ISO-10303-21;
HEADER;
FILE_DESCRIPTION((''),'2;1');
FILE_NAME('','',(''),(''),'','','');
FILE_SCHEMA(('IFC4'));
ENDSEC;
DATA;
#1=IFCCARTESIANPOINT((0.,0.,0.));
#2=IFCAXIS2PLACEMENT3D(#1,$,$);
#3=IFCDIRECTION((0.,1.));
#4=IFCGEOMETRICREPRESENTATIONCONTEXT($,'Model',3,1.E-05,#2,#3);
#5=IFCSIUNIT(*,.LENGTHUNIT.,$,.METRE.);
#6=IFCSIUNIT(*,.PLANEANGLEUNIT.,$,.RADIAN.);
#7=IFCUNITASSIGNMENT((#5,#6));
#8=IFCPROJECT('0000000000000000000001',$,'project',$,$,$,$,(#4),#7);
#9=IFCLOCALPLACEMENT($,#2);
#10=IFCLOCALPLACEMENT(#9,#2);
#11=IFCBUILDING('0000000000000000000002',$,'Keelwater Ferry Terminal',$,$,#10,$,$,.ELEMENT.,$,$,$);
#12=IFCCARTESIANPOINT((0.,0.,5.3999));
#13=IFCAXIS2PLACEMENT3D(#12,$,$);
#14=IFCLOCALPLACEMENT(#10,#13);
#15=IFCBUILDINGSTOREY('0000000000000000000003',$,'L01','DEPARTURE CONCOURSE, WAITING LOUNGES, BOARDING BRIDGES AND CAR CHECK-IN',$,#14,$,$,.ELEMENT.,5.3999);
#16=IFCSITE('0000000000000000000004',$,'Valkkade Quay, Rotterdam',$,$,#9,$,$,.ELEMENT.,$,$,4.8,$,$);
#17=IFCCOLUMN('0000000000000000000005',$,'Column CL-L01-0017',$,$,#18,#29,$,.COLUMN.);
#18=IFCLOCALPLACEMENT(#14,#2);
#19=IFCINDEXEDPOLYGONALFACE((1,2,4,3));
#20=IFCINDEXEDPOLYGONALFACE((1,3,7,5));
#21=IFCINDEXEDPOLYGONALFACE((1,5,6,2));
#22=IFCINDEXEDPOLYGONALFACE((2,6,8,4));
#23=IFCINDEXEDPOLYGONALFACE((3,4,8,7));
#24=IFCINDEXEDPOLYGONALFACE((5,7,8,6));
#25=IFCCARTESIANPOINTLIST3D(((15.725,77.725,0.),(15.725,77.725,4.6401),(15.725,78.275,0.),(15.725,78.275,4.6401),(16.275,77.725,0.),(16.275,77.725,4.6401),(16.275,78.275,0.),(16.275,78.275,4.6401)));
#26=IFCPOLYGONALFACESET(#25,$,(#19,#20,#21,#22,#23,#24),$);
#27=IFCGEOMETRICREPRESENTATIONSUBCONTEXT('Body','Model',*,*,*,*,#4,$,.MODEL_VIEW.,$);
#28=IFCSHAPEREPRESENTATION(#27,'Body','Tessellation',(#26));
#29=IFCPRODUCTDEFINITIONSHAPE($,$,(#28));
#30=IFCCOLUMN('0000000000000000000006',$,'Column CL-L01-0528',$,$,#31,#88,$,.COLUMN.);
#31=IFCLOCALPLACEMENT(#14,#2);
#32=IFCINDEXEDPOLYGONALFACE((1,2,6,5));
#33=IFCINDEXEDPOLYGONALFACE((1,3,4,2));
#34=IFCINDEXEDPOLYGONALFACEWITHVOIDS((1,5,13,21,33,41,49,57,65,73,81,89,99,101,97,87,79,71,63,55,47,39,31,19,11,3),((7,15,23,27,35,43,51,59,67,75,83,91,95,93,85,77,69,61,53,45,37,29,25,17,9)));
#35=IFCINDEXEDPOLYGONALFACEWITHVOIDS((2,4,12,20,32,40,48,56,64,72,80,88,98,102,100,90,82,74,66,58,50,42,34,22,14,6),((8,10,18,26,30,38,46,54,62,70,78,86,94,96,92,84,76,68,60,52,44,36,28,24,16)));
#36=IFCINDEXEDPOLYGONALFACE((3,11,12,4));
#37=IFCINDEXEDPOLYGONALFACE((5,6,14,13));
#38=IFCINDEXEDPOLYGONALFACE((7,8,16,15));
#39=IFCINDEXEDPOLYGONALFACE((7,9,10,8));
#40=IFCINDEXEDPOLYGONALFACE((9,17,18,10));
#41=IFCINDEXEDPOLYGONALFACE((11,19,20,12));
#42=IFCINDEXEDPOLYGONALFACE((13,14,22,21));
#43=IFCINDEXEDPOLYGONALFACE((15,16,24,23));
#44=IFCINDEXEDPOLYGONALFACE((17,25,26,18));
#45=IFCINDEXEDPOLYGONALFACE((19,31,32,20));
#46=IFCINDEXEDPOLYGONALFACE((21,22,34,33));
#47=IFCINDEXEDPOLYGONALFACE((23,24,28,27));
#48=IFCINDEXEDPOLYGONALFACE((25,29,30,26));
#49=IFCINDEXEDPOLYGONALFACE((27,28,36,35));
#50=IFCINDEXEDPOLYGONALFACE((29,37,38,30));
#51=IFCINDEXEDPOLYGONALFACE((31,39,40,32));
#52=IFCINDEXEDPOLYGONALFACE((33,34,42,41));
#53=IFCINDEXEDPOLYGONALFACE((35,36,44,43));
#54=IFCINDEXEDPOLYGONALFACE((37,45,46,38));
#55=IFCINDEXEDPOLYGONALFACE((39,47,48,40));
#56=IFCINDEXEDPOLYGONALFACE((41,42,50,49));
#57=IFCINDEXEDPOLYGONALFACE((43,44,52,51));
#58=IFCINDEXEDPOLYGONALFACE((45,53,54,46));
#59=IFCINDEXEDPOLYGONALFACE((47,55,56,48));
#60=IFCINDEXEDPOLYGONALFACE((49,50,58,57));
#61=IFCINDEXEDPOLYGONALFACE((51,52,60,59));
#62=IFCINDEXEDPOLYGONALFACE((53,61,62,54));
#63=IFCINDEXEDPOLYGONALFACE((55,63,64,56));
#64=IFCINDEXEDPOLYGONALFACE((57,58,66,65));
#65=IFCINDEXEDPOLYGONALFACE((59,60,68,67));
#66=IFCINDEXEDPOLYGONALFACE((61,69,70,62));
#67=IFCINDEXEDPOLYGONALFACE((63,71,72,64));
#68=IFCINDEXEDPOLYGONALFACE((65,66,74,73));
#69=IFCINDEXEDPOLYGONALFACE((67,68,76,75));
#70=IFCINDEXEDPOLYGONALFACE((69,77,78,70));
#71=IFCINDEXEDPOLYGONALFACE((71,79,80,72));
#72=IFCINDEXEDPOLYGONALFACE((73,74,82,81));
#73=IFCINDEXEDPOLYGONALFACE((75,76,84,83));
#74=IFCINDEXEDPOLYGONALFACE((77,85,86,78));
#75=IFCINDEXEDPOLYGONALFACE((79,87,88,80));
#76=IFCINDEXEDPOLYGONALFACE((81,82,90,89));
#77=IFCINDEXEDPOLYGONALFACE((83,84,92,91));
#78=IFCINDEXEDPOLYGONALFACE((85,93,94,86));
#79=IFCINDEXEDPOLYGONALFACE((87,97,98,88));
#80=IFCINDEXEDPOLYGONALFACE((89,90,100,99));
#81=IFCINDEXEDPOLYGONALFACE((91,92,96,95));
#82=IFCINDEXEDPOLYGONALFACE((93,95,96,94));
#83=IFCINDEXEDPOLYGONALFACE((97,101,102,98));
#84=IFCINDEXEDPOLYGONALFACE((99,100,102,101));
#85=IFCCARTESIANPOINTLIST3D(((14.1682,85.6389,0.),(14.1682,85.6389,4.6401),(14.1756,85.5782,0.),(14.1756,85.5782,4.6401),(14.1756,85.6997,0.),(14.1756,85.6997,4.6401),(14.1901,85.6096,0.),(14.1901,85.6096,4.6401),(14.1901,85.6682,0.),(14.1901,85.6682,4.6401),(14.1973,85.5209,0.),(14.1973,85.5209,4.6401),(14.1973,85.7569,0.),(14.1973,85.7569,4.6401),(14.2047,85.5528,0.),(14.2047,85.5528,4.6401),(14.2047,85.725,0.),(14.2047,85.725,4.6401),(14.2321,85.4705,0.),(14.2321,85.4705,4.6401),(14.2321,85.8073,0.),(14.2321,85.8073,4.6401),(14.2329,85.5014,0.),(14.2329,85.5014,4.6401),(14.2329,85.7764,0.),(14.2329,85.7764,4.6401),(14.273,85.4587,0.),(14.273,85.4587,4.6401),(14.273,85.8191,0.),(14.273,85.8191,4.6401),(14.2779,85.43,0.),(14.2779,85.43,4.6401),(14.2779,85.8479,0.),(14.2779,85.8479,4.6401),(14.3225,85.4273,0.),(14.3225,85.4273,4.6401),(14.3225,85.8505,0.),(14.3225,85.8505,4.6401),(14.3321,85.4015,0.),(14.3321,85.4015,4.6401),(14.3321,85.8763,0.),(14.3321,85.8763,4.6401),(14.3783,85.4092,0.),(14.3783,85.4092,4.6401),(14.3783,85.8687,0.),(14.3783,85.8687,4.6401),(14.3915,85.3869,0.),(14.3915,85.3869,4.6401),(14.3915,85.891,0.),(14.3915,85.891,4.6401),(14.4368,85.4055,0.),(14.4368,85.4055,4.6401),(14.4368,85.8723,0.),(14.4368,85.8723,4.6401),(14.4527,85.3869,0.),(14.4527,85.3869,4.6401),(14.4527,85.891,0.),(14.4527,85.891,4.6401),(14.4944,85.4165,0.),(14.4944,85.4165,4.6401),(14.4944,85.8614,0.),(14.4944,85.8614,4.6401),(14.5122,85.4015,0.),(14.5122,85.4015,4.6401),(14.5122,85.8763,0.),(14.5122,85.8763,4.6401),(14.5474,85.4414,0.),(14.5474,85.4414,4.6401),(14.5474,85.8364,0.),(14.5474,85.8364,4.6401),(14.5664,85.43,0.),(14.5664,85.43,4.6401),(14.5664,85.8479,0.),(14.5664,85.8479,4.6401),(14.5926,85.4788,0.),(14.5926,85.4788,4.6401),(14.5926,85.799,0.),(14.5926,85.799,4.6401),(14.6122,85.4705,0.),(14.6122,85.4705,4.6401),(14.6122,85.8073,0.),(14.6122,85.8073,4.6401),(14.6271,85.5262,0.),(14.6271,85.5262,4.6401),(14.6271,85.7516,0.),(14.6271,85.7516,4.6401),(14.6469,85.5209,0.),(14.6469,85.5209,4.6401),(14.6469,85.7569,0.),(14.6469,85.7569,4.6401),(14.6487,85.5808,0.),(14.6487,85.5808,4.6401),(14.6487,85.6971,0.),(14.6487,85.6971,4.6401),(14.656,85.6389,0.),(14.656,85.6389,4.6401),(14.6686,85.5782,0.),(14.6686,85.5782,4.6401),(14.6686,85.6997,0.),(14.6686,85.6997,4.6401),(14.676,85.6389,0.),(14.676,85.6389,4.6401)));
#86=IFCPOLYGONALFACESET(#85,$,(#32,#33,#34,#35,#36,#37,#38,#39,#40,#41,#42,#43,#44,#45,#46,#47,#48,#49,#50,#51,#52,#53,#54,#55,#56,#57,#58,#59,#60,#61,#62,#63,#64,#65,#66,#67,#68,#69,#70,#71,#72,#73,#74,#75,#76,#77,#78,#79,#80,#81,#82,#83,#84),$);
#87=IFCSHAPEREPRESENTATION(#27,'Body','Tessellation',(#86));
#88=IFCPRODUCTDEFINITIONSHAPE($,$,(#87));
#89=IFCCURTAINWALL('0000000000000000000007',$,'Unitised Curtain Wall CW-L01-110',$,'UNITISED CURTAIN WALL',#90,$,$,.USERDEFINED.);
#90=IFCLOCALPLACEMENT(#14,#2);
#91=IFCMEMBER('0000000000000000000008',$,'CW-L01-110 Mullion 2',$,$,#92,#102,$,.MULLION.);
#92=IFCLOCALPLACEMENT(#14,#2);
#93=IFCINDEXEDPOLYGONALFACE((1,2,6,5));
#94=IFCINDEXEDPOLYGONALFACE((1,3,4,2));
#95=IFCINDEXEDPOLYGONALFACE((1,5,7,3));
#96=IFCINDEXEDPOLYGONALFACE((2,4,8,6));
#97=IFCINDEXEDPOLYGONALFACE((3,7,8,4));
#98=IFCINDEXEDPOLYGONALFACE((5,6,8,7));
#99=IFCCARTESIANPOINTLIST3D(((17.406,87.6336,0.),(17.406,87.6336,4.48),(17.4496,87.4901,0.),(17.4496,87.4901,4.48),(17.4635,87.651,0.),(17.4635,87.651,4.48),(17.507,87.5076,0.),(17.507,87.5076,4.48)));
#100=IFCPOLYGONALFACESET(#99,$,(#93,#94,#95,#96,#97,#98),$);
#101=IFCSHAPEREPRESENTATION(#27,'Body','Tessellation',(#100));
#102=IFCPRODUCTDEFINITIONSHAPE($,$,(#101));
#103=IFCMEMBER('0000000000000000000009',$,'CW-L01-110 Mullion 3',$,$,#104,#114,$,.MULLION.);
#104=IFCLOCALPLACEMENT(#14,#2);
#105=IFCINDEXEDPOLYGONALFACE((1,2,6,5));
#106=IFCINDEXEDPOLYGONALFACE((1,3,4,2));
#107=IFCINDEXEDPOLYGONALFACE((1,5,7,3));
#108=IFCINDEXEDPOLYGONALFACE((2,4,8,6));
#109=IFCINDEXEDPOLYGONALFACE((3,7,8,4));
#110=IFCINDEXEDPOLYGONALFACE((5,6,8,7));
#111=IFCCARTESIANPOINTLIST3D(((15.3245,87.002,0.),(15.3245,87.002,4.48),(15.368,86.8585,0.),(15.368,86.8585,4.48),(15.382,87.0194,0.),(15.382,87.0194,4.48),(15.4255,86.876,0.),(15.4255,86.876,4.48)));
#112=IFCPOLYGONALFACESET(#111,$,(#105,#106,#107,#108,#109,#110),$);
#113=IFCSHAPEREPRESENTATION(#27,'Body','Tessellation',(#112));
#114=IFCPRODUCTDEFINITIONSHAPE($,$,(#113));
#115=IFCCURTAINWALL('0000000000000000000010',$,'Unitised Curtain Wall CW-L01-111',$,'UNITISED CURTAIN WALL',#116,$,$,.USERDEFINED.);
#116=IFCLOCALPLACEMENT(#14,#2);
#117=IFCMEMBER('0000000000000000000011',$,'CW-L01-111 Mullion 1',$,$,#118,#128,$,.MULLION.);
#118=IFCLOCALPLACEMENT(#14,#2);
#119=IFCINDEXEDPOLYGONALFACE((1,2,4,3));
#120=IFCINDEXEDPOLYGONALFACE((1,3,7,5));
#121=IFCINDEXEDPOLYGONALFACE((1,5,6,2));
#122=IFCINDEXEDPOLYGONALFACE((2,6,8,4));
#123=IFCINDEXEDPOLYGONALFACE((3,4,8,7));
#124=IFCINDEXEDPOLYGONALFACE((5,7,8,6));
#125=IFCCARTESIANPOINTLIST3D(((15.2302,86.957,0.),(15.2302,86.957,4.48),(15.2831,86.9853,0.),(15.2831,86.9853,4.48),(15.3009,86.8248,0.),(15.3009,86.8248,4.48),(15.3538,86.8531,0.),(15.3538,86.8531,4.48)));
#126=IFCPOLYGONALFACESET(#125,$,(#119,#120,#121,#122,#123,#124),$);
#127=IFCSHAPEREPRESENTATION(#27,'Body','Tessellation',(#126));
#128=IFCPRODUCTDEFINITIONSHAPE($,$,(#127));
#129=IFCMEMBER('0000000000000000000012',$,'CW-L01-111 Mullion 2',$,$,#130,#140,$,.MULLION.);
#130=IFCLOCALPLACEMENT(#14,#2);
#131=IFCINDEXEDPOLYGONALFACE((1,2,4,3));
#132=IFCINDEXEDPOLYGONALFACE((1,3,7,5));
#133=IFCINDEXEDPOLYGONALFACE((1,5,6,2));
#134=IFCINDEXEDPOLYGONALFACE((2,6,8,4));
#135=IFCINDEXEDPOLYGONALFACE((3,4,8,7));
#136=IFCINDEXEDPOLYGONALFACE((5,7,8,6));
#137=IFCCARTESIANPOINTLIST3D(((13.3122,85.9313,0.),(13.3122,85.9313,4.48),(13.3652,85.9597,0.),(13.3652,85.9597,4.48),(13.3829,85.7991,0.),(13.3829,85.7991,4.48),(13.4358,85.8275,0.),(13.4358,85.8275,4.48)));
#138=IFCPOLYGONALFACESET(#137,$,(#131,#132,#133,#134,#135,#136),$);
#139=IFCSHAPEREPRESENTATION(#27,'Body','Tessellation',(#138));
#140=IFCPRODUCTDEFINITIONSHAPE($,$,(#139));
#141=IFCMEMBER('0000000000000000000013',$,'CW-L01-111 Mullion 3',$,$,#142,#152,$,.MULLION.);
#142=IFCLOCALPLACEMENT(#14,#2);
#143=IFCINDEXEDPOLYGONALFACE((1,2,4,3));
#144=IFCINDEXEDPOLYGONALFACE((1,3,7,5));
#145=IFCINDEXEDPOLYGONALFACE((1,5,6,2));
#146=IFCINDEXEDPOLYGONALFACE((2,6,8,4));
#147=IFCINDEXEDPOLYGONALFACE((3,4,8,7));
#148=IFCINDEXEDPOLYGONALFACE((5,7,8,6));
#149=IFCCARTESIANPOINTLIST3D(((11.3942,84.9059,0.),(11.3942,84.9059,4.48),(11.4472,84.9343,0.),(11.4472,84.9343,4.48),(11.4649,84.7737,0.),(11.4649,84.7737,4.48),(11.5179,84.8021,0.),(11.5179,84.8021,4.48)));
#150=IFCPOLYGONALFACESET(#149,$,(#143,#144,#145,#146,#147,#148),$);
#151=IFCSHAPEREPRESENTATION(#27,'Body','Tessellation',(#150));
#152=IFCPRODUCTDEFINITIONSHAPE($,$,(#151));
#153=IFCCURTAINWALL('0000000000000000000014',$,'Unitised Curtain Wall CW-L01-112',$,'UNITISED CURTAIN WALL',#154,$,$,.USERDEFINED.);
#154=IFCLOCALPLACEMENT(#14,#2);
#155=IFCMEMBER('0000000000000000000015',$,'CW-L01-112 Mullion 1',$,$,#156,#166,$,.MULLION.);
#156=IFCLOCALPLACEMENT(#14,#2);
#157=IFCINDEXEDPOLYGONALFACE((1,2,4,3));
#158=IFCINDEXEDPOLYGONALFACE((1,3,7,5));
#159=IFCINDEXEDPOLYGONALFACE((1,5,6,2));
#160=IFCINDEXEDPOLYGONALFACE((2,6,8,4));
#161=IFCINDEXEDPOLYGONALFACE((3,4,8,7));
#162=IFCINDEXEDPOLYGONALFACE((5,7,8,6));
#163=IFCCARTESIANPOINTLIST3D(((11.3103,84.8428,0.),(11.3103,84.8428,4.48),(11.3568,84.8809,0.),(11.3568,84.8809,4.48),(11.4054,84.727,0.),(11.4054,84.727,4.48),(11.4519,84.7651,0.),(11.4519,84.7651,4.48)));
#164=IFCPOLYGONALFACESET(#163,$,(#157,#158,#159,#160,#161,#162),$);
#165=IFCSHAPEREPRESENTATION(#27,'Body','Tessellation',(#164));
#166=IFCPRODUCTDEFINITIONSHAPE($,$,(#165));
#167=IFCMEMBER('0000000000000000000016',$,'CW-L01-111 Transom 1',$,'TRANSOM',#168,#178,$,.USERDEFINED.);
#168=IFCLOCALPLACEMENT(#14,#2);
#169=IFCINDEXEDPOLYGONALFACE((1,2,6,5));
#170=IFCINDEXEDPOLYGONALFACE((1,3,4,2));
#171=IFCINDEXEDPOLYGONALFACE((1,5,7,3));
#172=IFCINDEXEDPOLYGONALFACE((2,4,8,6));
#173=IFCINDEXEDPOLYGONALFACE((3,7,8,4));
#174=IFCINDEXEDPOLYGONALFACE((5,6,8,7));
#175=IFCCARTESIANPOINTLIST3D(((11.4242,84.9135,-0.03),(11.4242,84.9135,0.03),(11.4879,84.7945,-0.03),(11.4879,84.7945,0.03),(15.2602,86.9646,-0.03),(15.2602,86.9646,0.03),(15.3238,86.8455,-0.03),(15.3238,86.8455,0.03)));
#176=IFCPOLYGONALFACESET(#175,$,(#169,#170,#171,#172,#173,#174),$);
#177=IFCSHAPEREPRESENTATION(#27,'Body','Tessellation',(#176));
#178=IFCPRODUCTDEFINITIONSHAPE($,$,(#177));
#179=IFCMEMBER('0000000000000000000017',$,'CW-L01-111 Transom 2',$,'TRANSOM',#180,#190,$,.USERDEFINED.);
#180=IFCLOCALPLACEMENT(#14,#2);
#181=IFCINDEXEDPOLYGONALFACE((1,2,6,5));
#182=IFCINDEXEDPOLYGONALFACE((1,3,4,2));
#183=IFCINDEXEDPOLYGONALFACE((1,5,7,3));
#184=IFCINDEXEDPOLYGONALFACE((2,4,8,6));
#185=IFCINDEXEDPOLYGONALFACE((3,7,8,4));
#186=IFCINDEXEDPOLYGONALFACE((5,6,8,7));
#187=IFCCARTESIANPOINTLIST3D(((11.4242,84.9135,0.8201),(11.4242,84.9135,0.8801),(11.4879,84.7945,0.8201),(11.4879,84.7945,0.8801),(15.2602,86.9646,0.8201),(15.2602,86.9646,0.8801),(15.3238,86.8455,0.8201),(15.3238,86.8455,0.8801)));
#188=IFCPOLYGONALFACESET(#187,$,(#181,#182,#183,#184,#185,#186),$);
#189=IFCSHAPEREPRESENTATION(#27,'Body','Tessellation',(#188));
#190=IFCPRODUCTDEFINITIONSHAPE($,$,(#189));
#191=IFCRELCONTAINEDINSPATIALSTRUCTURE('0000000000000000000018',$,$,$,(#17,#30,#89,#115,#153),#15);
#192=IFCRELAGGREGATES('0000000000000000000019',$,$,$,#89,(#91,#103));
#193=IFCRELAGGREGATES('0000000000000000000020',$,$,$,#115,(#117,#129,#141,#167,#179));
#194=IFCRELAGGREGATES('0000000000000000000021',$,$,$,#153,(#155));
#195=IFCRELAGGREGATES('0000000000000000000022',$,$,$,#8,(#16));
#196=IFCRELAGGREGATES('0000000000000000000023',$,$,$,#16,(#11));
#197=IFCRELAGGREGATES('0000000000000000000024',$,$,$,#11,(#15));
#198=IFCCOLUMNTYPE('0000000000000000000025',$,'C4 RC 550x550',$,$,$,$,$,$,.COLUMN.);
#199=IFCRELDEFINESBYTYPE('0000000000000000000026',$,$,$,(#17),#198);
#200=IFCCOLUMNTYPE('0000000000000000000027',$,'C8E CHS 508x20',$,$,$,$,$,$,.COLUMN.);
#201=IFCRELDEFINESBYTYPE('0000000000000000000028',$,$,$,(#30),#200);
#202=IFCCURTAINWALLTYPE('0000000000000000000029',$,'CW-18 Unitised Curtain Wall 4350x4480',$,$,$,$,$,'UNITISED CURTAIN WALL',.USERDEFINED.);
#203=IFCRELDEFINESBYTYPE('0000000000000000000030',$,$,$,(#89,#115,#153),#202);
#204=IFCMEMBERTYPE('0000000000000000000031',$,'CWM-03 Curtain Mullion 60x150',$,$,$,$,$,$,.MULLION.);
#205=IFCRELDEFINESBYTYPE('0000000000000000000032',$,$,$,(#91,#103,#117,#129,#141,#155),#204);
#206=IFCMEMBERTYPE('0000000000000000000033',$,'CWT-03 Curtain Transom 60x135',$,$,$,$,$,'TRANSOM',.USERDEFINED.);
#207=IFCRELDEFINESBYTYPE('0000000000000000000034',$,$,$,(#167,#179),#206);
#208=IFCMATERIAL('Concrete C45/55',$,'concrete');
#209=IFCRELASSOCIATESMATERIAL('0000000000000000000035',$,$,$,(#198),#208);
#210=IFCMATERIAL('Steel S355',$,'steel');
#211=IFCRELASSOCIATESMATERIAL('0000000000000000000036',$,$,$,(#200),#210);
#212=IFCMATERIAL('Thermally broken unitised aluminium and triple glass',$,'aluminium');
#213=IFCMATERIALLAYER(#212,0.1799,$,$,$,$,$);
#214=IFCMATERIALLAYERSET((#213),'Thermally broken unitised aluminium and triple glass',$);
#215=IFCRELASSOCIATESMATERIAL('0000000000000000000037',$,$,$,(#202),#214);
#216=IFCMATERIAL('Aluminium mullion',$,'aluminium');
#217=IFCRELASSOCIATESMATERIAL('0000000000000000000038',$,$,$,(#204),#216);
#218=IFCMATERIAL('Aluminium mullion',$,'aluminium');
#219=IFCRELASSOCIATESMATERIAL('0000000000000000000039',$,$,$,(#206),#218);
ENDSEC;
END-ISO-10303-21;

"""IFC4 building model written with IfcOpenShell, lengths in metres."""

from ifc_helpers import new_model, si_unit, direction, frame, origin, origin_2d, place, context, subcontext, project, spatial, rectangle, hollow_circle, extrude, material, layer, layer_set, material_profile, profile_set, type_object, element, aggregate, save


model = new_model("IFC4")

# Units and contexts
model_context = context("Model", 3, precision=1e-05, world=origin(), true_north=direction((0.0, 1.0)))
body_context = subcontext(model_context, "Body", "Model", "MODEL_VIEW")
ifc_project = project(units=[si_unit("LENGTHUNIT", "METRE"), si_unit("PLANEANGLEUNIT", "RADIAN")], contexts=[model_context])

# Site, building, storey
site_placement = place(None, origin())
site = spatial("IfcSite", under=ifc_project, at=site_placement, Name="Valkkade Quay, Rotterdam", CompositionType="ELEMENT", RefElevation=4.8)
building_placement = place(site_placement, origin())
building = spatial("IfcBuilding", under=site, at=building_placement, Name="Keelwater Ferry Terminal", CompositionType="ELEMENT")
storey_placement = place(building_placement, frame((0.0, 0.0, 5.3999)))
storey = spatial("IfcBuildingStorey", under=building, at=storey_placement, Name="L01", Description="DEPARTURE CONCOURSE, WAITING LOUNGES, BOARDING BRIDGES AND CAR CHECK-IN", CompositionType="ELEMENT", Elevation=5.3999)

# Columns
ifc_material_1 = material(Name="Concrete C45/55", Category="concrete")
ifc_material_profile_1 = material_profile(ifc_material_1, rectangle(XDim=0.55, YDim=0.55, at=origin_2d()), Name="RC 550x550")
ifc_profile_set_1 = profile_set([ifc_material_profile_1], Name="Concrete C45/55")
column_type_1 = type_object("IfcColumnType", Name="C4 RC 550x550", PredefinedType="COLUMN", material=ifc_profile_set_1)
column_1_placement = place(storey_placement, frame((16.0, 78.0, 0.0), z_axis=(0.0, 0.0, 1.0), x_axis=(1.0, 0.0, 0.0)))
element("IfcColumn", 1, at=column_1_placement, inside=storey, type_object=column_type_1, Name="Column CL-L01-0017", PredefinedType="COLUMN", context=body_context, shape_type="SweptSolid", body=[
    extrude(rectangle(XDim=0.55, YDim=0.55, at=origin_2d()), origin(), (0.0, 0.0, 1.0), 4.6401),
])
ifc_material_2 = material(Name="Steel S355", Category="steel")
ifc_material_profile_2 = material_profile(ifc_material_2, hollow_circle(Radius=0.2539, WallThickness=0.02, at=origin_2d()), Name="CHS 508x20")
ifc_profile_set_2 = profile_set([ifc_material_profile_2], Name="Steel S355")
column_type_2 = type_object("IfcColumnType", Name="C8E CHS 508x20", PredefinedType="COLUMN", material=ifc_profile_set_2)
column_2_placement = place(storey_placement, frame((14.4221, 85.6389, 0.0), z_axis=(0.0, 0.0, 1.0), x_axis=(1.0, 0.0, 0.0)))
element("IfcColumn", 2, at=column_2_placement, inside=storey, type_object=column_type_2, Name="Column CL-L01-0528", PredefinedType="COLUMN", context=body_context, shape_type="SweptSolid", body=[
    extrude(hollow_circle(Radius=0.2539, WallThickness=0.02, at=origin_2d()), origin(), (0.0, 0.0, 1.0), 4.6401),
])

# Curtain walls, members
ifc_material_3 = material(Name="Thermally broken unitised aluminium and triple glass", Category="aluminium")
ifc_layer_1 = layer(ifc_material_3, 0.1799)
ifc_layer_set_1 = layer_set([ifc_layer_1], Name="Thermally broken unitised aluminium and triple glass")
curtain_wall_type = type_object("IfcCurtainWallType", Name="CW-18 Unitised Curtain Wall 4350x4480", ElementType="UNITISED CURTAIN WALL", PredefinedType="USERDEFINED", material=ifc_layer_set_1)
curtain_wall_1_placement = place(storey_placement, origin())
curtain_wall_1 = element("IfcCurtainWall", 3, at=curtain_wall_1_placement, inside=storey, type_object=curtain_wall_type, Name="Unitised Curtain Wall CW-L01-110", ObjectType="UNITISED CURTAIN WALL", PredefinedType="USERDEFINED")
ifc_material_4 = material(Name="Aluminium mullion", Category="aluminium")
ifc_material_profile_3 = material_profile(ifc_material_4, rectangle(XDim=0.0601, YDim=0.1499, at=origin_2d()), Name="CWM-03")
ifc_profile_set_3 = profile_set([ifc_material_profile_3], Name="Aluminium mullion")
member_type_1 = type_object("IfcMemberType", Name="CWM-03 Curtain Mullion 60x150", PredefinedType="MULLION", material=ifc_profile_set_3)
member_1_placement = place(storey_placement, frame((17.4565, 87.5706, 0.0), z_axis=(0.0, 0.0, 1.0), x_axis=(-0.95693, -0.29032, 0.0)))
member_1 = element("IfcMember", 4, at=member_1_placement, type_object=member_type_1, Name="CW-L01-110 Mullion 2", PredefinedType="MULLION", context=body_context, shape_type="SweptSolid", body=[
    extrude(rectangle(XDim=0.0601, YDim=0.1499, at=origin_2d()), origin(), (0.0, 0.0, 1.0), 4.48),
])
member_2_placement = place(storey_placement, frame((15.375, 86.939, 0.0), z_axis=(0.0, 0.0, 1.0), x_axis=(-0.95693, -0.29032, 0.0)))
member_2 = element("IfcMember", 5, at=member_2_placement, type_object=member_type_1, Name="CW-L01-110 Mullion 3", PredefinedType="MULLION", context=body_context, shape_type="SweptSolid", body=[
    extrude(rectangle(XDim=0.0601, YDim=0.1499, at=origin_2d()), origin(), (0.0, 0.0, 1.0), 4.48),
])
curtain_wall_2_placement = place(storey_placement, origin())
curtain_wall_2 = element("IfcCurtainWall", 6, at=curtain_wall_2_placement, inside=storey, type_object=curtain_wall_type, Name="Unitised Curtain Wall CW-L01-111", ObjectType="UNITISED CURTAIN WALL", PredefinedType="USERDEFINED")
member_3_placement = place(storey_placement, frame((15.292, 86.905, 0.0), z_axis=(0.0, 0.0, 1.0), x_axis=(-0.881862, -0.471507, 0.0)))
member_3 = element("IfcMember", 7, at=member_3_placement, type_object=member_type_1, Name="CW-L01-111 Mullion 1", PredefinedType="MULLION", context=body_context, shape_type="SweptSolid", body=[
    extrude(rectangle(XDim=0.0601, YDim=0.1499, at=origin_2d()), origin(), (0.0, 0.0, 1.0), 4.48),
])
member_4_placement = place(storey_placement, frame((13.374, 85.8794, 0.0), z_axis=(0.0, 0.0, 1.0), x_axis=(-0.881862, -0.471507, 0.0)))
member_4 = element("IfcMember", 8, at=member_4_placement, type_object=member_type_1, Name="CW-L01-111 Mullion 2", PredefinedType="MULLION", context=body_context, shape_type="SweptSolid", body=[
    extrude(rectangle(XDim=0.0601, YDim=0.1499, at=origin_2d()), origin(), (0.0, 0.0, 1.0), 4.48),
])
member_5_placement = place(storey_placement, frame((11.4561, 84.854, 0.0), z_axis=(0.0, 0.0, 1.0), x_axis=(-0.881862, -0.471507, 0.0)))
member_5 = element("IfcMember", 9, at=member_5_placement, type_object=member_type_1, Name="CW-L01-111 Mullion 3", PredefinedType="MULLION", context=body_context, shape_type="SweptSolid", body=[
    extrude(rectangle(XDim=0.0601, YDim=0.1499, at=origin_2d()), origin(), (0.0, 0.0, 1.0), 4.48),
])

# Curtain wall, member
curtain_wall_3_placement = place(storey_placement, origin())
curtain_wall_3 = element("IfcCurtainWall", 10, at=curtain_wall_3_placement, inside=storey, type_object=curtain_wall_type, Name="Unitised Curtain Wall CW-L01-112", ObjectType="UNITISED CURTAIN WALL", PredefinedType="USERDEFINED")
member_6_placement = place(storey_placement, frame((11.3811, 84.804, 0.0), z_axis=(0.0, 0.0, 1.0), x_axis=(-0.773024, -0.634377, 0.0)))
member_6 = element("IfcMember", 11, at=member_6_placement, type_object=member_type_1, Name="CW-L01-112 Mullion 1", PredefinedType="MULLION", context=body_context, shape_type="SweptSolid", body=[
    extrude(rectangle(XDim=0.0601, YDim=0.1499, at=origin_2d()), origin(), (0.0, 0.0, 1.0), 4.48),
])

# Members
ifc_material_5 = material(Name="Aluminium mullion", Category="aluminium")
ifc_material_profile_4 = material_profile(ifc_material_5, rectangle(XDim=0.135, YDim=0.0601, at=origin_2d()), Name="CWT-03")
ifc_profile_set_4 = profile_set([ifc_material_profile_4], Name="Aluminium mullion")
member_type_2 = type_object("IfcMemberType", Name="CWT-03 Curtain Transom 60x135", ElementType="TRANSOM", PredefinedType="USERDEFINED", material=ifc_profile_set_4)
member_7_placement = place(storey_placement, frame((15.292, 86.905, 0.0), z_axis=(-0.881857, -0.471517, 0.0), x_axis=(0.471517, -0.881857, 0.0)))
member_7 = element("IfcMember", 12, at=member_7_placement, type_object=member_type_2, Name="CW-L01-111 Transom 1", ObjectType="TRANSOM", PredefinedType="USERDEFINED", context=body_context, shape_type="SweptSolid", body=[
    extrude(rectangle(XDim=0.135, YDim=0.0601, at=origin_2d()), origin(), (0.0, 0.0, 1.0), 4.3499),
])
member_8_placement = place(storey_placement, frame((15.292, 86.905, 0.8501), z_axis=(-0.881857, -0.471517, 0.0), x_axis=(0.471517, -0.881857, 0.0)))
member_8 = element("IfcMember", 13, at=member_8_placement, type_object=member_type_2, Name="CW-L01-111 Transom 2", ObjectType="TRANSOM", PredefinedType="USERDEFINED", context=body_context, shape_type="SweptSolid", body=[
    extrude(rectangle(XDim=0.135, YDim=0.0601, at=origin_2d()), origin(), (0.0, 0.0, 1.0), 4.3499),
])

aggregate(curtain_wall_1, [member_1, member_2])
aggregate(curtain_wall_2, [member_3, member_4, member_5, member_7, member_8])
aggregate(curtain_wall_3, [member_6])

save(model, "model.ifc")
